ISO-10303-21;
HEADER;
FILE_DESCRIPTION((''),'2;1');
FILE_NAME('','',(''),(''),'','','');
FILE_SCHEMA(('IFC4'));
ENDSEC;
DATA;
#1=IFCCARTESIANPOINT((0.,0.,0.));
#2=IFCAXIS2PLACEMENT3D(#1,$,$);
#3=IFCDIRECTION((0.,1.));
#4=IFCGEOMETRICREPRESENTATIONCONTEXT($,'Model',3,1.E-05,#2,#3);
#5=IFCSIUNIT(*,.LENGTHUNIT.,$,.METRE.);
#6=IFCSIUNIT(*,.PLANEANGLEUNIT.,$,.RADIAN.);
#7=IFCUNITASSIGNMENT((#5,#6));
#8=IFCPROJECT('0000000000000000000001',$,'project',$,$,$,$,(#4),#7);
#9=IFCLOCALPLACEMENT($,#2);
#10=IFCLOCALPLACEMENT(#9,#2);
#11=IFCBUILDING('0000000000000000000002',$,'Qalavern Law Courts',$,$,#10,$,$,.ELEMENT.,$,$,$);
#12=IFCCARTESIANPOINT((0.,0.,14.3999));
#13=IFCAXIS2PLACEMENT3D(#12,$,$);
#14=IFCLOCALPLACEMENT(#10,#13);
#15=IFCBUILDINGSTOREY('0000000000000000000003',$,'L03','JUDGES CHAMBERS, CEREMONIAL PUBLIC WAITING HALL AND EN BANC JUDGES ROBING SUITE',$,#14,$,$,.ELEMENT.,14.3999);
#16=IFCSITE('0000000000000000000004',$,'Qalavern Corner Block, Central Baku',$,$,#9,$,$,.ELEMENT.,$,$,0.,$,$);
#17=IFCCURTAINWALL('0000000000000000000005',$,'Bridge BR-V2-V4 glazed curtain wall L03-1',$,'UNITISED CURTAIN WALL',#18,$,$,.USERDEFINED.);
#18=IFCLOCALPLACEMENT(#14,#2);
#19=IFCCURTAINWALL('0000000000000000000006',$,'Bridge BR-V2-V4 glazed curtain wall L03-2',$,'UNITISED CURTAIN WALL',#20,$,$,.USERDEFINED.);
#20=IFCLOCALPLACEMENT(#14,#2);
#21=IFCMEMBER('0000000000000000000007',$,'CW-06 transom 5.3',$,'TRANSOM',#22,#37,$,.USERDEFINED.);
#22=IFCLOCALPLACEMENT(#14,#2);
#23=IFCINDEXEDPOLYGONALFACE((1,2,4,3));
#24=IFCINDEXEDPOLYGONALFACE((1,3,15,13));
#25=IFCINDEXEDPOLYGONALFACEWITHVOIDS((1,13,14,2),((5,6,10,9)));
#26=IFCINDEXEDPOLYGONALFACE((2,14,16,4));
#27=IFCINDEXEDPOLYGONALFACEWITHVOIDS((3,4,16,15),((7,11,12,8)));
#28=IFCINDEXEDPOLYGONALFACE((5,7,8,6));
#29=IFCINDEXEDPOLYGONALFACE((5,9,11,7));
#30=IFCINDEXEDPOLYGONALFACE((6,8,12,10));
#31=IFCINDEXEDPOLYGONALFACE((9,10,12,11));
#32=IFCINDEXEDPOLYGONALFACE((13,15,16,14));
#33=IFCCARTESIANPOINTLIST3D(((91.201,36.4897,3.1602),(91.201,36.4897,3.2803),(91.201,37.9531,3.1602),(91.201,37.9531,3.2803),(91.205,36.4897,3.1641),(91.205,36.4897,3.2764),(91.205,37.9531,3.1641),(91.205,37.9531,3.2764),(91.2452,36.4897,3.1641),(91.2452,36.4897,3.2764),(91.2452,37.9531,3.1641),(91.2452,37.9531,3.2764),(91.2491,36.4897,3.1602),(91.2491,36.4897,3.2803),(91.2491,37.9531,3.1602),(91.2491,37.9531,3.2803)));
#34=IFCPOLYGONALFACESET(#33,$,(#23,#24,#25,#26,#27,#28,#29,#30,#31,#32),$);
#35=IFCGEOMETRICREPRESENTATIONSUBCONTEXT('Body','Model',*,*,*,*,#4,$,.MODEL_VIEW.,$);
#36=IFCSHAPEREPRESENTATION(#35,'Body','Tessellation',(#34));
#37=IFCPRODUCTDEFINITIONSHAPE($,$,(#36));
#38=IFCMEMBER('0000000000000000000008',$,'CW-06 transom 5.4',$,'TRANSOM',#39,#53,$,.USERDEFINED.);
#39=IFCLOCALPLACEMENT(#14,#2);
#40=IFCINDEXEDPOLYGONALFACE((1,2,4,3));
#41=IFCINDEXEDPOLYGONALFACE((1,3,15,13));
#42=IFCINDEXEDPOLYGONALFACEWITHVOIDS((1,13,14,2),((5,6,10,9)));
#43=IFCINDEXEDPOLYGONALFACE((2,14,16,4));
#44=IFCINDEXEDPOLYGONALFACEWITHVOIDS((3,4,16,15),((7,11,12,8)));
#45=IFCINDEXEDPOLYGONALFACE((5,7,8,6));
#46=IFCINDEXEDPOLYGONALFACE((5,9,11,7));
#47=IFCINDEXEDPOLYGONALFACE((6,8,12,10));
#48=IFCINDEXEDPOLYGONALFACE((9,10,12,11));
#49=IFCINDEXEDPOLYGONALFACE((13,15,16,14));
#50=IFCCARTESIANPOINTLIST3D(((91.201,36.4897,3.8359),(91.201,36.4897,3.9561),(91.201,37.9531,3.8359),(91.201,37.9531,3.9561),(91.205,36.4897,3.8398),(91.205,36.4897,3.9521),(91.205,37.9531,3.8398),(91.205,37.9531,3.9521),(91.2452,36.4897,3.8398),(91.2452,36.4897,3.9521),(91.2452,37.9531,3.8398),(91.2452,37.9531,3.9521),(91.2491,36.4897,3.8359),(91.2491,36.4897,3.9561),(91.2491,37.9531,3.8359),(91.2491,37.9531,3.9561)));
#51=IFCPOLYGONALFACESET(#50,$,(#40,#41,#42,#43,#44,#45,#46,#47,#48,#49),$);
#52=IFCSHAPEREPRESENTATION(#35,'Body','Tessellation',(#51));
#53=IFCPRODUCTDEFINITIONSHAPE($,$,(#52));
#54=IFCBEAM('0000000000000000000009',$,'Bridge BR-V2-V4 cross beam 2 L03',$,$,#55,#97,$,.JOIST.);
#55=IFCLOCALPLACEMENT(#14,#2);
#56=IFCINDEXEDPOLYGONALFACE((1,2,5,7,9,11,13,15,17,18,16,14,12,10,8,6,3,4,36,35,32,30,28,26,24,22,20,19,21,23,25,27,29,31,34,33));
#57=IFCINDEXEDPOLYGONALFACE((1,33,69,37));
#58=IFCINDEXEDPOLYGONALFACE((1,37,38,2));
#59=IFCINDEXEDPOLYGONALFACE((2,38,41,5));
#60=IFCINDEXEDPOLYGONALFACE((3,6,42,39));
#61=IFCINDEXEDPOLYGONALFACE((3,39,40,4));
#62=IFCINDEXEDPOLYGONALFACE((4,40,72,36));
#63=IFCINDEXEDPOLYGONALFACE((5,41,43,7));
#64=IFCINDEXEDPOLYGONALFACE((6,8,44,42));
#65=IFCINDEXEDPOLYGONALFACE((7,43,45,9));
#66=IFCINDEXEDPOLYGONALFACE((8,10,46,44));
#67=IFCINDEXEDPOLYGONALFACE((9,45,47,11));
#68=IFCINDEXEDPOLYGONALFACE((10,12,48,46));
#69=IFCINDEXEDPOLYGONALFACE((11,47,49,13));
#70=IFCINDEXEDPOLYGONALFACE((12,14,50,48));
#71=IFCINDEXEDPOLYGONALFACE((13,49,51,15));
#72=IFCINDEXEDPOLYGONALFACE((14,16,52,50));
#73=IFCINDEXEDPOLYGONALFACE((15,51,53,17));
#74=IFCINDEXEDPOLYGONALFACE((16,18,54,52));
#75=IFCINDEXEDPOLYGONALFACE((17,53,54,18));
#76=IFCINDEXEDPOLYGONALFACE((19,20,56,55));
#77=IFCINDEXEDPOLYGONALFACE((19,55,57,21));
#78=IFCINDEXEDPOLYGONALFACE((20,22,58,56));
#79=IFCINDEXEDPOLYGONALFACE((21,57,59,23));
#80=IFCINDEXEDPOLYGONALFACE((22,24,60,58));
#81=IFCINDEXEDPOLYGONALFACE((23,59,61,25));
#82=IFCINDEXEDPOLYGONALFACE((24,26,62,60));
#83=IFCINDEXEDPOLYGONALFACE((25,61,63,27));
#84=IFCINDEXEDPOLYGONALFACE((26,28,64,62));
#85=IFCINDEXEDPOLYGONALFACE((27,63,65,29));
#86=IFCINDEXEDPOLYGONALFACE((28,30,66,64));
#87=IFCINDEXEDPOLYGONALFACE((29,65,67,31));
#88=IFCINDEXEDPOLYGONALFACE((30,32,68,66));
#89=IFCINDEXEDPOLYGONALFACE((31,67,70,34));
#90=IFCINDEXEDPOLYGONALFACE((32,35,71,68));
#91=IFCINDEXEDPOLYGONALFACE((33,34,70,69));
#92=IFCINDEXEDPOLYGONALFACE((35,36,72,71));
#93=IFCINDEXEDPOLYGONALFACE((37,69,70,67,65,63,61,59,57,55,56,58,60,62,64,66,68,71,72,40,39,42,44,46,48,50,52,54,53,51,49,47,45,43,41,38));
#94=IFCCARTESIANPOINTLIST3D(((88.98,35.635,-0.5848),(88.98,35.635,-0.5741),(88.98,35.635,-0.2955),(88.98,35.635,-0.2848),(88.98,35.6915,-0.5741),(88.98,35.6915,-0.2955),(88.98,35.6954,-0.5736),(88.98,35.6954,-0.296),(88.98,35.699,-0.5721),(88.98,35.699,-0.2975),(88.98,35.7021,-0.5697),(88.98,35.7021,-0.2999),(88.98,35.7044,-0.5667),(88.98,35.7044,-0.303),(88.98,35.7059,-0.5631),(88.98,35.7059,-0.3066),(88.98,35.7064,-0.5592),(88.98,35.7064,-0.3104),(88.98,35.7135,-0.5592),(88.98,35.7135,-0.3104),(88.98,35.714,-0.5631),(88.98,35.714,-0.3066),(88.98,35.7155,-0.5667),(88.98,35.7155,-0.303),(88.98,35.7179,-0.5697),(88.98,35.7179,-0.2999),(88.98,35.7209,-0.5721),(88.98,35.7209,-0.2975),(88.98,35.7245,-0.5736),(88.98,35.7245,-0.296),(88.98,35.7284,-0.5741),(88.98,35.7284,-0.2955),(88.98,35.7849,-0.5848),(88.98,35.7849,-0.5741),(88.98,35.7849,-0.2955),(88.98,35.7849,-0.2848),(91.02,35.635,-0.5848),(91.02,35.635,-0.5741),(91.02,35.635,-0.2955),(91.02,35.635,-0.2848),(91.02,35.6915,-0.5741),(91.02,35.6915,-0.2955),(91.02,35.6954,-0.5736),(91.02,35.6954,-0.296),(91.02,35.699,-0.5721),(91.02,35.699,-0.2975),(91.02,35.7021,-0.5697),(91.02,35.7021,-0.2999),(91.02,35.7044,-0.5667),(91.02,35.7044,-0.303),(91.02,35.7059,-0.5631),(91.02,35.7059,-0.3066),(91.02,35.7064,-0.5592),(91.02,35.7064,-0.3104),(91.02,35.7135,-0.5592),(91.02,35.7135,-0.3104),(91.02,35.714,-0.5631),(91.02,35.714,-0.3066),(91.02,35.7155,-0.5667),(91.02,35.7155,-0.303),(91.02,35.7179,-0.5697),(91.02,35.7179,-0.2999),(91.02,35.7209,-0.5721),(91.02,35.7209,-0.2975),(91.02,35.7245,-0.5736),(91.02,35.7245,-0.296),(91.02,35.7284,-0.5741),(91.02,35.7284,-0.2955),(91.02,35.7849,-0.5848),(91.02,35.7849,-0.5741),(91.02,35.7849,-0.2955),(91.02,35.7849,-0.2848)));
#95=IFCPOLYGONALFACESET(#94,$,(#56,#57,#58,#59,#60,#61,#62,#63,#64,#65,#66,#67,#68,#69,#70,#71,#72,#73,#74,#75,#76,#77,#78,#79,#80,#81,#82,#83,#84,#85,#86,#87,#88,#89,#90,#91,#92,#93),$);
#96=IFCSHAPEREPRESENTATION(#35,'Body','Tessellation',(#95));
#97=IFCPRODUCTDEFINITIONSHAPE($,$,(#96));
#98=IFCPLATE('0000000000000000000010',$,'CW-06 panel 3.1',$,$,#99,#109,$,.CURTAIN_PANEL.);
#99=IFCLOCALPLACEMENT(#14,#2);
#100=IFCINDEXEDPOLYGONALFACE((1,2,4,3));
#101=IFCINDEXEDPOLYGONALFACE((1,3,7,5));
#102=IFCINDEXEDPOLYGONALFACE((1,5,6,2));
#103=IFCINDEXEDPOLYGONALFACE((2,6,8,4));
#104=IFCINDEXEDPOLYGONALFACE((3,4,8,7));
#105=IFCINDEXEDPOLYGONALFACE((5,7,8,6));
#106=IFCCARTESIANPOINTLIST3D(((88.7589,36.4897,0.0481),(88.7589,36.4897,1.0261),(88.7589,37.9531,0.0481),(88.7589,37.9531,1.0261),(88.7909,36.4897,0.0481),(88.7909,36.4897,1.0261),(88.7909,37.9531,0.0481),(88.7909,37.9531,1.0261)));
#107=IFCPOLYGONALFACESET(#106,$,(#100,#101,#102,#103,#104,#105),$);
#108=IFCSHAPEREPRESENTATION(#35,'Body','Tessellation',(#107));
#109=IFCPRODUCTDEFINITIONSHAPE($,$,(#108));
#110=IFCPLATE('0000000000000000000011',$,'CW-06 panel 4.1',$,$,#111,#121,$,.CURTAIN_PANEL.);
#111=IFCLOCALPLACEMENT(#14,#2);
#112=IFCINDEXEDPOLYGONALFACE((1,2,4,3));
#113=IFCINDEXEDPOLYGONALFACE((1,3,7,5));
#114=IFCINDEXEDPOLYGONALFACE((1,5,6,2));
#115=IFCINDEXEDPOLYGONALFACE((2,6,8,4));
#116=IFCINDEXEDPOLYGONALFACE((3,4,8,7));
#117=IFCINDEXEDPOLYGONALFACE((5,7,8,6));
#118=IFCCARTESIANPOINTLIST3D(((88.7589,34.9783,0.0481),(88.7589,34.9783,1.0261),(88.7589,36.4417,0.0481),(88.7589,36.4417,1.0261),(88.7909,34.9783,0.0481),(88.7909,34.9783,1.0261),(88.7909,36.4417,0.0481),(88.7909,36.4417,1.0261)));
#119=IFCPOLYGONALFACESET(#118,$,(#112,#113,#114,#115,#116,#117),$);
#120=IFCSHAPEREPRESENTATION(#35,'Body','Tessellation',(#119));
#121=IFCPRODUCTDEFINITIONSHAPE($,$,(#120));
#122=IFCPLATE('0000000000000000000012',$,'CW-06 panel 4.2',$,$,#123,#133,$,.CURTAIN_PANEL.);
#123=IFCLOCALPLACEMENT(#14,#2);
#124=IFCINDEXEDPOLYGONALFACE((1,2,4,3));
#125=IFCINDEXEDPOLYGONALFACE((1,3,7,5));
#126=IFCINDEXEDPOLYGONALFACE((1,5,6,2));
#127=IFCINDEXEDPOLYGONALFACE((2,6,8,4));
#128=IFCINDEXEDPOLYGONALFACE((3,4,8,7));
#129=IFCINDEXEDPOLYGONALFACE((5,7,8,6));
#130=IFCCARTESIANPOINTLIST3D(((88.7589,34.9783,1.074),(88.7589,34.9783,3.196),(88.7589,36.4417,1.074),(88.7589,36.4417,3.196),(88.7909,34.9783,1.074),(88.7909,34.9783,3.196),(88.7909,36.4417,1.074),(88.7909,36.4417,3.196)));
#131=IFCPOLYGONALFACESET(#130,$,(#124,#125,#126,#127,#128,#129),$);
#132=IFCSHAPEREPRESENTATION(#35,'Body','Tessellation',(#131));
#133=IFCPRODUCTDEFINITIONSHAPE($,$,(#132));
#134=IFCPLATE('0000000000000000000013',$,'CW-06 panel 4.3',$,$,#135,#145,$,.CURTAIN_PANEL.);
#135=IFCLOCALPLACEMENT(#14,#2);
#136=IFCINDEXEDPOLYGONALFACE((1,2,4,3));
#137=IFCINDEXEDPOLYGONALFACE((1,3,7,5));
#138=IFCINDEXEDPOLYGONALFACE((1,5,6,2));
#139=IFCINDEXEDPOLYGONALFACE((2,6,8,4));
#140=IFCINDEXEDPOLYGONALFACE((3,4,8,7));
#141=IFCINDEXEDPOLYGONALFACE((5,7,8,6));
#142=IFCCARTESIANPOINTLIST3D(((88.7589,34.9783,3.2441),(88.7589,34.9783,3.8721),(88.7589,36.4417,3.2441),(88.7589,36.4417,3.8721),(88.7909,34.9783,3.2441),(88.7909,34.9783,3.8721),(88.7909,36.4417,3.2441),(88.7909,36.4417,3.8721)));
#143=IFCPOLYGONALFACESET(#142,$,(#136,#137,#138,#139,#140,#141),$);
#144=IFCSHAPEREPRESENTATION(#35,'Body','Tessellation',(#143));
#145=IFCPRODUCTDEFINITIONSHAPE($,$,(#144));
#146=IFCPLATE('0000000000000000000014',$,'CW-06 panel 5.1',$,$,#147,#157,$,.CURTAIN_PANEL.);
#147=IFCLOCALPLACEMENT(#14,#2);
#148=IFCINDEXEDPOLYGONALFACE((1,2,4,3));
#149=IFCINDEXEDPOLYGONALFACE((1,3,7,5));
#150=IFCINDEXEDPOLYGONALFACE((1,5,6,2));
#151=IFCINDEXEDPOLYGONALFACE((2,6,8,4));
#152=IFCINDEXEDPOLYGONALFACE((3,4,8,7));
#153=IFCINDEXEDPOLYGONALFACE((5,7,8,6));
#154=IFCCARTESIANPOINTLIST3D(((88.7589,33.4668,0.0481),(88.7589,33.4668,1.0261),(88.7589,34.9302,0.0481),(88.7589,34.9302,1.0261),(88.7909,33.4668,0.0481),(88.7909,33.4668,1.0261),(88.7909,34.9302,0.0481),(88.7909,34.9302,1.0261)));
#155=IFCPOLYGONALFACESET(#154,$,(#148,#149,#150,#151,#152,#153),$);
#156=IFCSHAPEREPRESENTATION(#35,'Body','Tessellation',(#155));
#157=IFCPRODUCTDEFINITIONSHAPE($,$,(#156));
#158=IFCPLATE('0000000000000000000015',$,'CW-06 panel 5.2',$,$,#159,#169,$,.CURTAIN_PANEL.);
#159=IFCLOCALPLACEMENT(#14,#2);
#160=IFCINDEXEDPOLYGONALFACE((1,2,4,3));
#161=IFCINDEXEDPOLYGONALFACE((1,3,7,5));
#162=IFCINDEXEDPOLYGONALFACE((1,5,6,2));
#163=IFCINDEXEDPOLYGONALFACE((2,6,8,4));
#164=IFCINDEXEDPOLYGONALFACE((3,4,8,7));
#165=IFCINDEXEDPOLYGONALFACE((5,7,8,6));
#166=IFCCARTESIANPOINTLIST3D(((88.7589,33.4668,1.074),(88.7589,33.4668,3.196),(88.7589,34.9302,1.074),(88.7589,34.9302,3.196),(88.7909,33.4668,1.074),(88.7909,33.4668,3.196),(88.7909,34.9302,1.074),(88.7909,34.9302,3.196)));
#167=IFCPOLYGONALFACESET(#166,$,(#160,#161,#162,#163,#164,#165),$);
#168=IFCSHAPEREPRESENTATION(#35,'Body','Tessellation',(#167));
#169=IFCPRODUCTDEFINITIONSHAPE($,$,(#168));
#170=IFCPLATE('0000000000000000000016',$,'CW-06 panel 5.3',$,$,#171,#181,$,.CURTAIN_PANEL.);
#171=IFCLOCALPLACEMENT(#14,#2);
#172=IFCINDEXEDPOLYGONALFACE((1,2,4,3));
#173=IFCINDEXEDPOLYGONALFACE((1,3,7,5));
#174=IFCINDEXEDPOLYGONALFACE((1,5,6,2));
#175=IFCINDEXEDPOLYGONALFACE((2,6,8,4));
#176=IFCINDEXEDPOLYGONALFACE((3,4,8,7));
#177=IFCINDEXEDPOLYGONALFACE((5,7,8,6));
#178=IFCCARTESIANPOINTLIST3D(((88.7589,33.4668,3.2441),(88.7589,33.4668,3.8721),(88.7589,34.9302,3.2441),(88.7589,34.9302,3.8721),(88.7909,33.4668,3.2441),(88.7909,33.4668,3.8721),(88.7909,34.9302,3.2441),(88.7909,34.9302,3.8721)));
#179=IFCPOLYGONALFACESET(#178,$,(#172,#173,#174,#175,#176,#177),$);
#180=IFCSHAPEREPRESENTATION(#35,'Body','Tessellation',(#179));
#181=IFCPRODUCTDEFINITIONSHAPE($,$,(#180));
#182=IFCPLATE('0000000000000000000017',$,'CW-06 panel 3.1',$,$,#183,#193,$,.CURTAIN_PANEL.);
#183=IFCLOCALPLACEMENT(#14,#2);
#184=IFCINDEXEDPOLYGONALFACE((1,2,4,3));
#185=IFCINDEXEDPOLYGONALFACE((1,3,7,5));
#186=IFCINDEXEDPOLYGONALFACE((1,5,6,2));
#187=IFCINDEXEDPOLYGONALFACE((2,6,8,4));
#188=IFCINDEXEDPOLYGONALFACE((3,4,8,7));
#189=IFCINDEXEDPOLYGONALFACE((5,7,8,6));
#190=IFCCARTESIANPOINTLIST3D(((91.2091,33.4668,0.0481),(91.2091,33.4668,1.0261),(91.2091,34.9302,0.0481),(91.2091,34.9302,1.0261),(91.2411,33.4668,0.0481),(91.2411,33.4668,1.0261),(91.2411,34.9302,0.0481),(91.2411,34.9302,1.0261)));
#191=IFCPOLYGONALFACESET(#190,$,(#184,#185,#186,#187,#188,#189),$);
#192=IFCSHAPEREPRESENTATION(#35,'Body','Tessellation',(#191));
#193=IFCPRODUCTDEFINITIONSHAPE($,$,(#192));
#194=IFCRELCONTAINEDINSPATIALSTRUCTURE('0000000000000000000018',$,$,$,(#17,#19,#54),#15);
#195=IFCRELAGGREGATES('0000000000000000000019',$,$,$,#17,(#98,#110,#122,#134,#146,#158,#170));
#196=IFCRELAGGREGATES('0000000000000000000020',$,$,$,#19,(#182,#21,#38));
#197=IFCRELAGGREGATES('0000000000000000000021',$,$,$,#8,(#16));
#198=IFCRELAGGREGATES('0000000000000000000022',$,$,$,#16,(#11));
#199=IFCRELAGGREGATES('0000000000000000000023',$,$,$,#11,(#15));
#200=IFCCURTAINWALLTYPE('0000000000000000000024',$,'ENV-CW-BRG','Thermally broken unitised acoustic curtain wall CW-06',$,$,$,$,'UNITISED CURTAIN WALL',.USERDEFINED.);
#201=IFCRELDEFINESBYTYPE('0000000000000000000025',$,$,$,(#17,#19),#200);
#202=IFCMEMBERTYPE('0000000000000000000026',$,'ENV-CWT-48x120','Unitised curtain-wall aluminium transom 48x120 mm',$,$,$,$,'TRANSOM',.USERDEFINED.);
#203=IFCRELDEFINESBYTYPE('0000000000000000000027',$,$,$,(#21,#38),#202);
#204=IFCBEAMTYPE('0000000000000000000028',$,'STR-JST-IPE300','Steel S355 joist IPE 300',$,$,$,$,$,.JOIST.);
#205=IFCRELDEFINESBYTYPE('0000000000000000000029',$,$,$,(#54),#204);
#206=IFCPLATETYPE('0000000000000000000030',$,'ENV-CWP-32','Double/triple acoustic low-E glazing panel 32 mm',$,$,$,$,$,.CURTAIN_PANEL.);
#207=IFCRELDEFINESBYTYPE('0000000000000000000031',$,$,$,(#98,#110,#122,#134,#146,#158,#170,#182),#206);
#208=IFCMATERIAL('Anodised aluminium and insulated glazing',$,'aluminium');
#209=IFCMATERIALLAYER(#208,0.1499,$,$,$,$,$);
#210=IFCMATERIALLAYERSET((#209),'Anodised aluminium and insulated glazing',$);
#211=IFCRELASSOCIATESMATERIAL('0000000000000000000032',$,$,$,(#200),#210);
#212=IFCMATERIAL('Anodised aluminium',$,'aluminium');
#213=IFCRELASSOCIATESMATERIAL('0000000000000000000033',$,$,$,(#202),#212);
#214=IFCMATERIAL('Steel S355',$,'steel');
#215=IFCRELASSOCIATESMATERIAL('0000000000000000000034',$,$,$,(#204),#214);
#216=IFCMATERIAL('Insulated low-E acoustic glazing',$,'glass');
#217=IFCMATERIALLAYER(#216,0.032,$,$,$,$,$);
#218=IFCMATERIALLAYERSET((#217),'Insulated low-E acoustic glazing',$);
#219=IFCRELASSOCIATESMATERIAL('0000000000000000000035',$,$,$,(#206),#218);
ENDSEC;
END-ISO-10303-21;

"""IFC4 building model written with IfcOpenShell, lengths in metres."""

from ifc_helpers import new_model, si_unit, direction, frame, origin, origin_2d, place, context, subcontext, project, spatial, rectangle, hollow_rectangle, i_section, extrude, material, layer, layer_set, material_profile, profile_set, type_object, element, aggregate, save


model = new_model("IFC4")

# Units and contexts
model_context = context("Model", 3, precision=1e-05, world=origin(), true_north=direction((0.0, 1.0)))
body_context = subcontext(model_context, "Body", "Model", "MODEL_VIEW")
ifc_project = project(units=[si_unit("LENGTHUNIT", "METRE"), si_unit("PLANEANGLEUNIT", "RADIAN")], contexts=[model_context])

# Site, building, storey
site_placement = place(None, origin())
site = spatial("IfcSite", under=ifc_project, at=site_placement, Name="Qalavern Corner Block, Central Baku", CompositionType="ELEMENT", RefElevation=0.0)
building_placement = place(site_placement, origin())
building = spatial("IfcBuilding", under=site, at=building_placement, Name="Qalavern Law Courts", CompositionType="ELEMENT")
storey_placement = place(building_placement, frame((0.0, 0.0, 14.3999)))
storey = spatial("IfcBuildingStorey", under=building, at=storey_placement, Name="L03", Description="JUDGES CHAMBERS, CEREMONIAL PUBLIC WAITING HALL AND EN BANC JUDGES ROBING SUITE", CompositionType="ELEMENT", Elevation=14.3999)

# Curtain walls
ifc_material_1 = material(Name="Anodised aluminium and insulated glazing", Category="aluminium")
ifc_layer_1 = layer(ifc_material_1, 0.1499)
ifc_layer_set_1 = layer_set([ifc_layer_1], Name="Anodised aluminium and insulated glazing")
curtain_wall_type = type_object("IfcCurtainWallType", Name="ENV-CW-BRG", Description="Thermally broken unitised acoustic curtain wall CW-06", ElementType="UNITISED CURTAIN WALL", PredefinedType="USERDEFINED", material=ifc_layer_set_1)
curtain_wall_1_placement = place(storey_placement, origin())
curtain_wall_1 = element("IfcCurtainWall", 1, at=curtain_wall_1_placement, inside=storey, type_object=curtain_wall_type, Name="Bridge BR-V2-V4 glazed curtain wall L03-1", ObjectType="UNITISED CURTAIN WALL", PredefinedType="USERDEFINED")
ifc_material_2 = material(Name="Anodised aluminium", Category="aluminium")
curtain_wall_2_placement = place(storey_placement, origin())
curtain_wall_2 = element("IfcCurtainWall", 2, at=curtain_wall_2_placement, inside=storey, type_object=curtain_wall_type, Name="Bridge BR-V2-V4 glazed curtain wall L03-2", ObjectType="UNITISED CURTAIN WALL", PredefinedType="USERDEFINED")

# Members
ifc_material_profile_1 = material_profile(ifc_material_2, hollow_rectangle(XDim=0.0481, YDim=0.1201, WallThickness=0.0039, at=origin_2d()), Name="ALU TRANSOM 48x120")
ifc_profile_set_1 = profile_set([ifc_material_profile_1], Name="Anodised aluminium")
member_type_1 = type_object("IfcMemberType", Name="ENV-CWT-48x120", Description="Unitised curtain-wall aluminium transom 48x120 mm", ElementType="TRANSOM", PredefinedType="USERDEFINED", material=ifc_profile_set_1)
member_1_placement = place(storey_placement, frame((91.2251, 36.4897, 3.2202), z_axis=(0.0, 1.0, 0.0), x_axis=(-1.0, 0.0, 0.0)))
member_1 = element("IfcMember", 3, at=member_1_placement, type_object=member_type_1, Name="CW-06 transom 5.3", ObjectType="TRANSOM", PredefinedType="USERDEFINED", context=body_context, shape_type="SweptSolid", body=[
    extrude(hollow_rectangle(XDim=0.0481, YDim=0.1201, WallThickness=0.0039, at=origin_2d()), origin(), (0.0, 0.0, 1.0), 1.4634),
])
member_2_placement = place(storey_placement, frame((91.2251, 36.4897, 3.896), z_axis=(0.0, 1.0, 0.0), x_axis=(-1.0, 0.0, 0.0)))
member_2 = element("IfcMember", 4, at=member_2_placement, type_object=member_type_1, Name="CW-06 transom 5.4", ObjectType="TRANSOM", PredefinedType="USERDEFINED", context=body_context, shape_type="SweptSolid", body=[
    extrude(hollow_rectangle(XDim=0.0481, YDim=0.1201, WallThickness=0.0039, at=origin_2d()), origin(), (0.0, 0.0, 1.0), 1.4634),
])

# Beam
ifc_material_3 = material(Name="Steel S355", Category="steel")
ifc_material_profile_2 = material_profile(ifc_material_3, i_section(OverallWidth=0.1499, OverallDepth=0.3, WebThickness=0.0071, FlangeThickness=0.0107, FilletRadius=0.0149, at=origin_2d()), Name="IPE 300")
ifc_profile_set_2 = profile_set([ifc_material_profile_2], Name="Steel S355")
beam_type = type_object("IfcBeamType", Name="STR-JST-IPE300", Description="Steel S355 joist IPE 300", PredefinedType="JOIST", material=ifc_profile_set_2)
beam_placement = place(storey_placement, frame((88.98, 35.71, -0.4348), z_axis=(1.0, 0.0, 0.0), x_axis=(0.0, 1.0, 0.0)))
element("IfcBeam", 5, at=beam_placement, inside=storey, type_object=beam_type, Name="Bridge BR-V2-V4 cross beam 2 L03", PredefinedType="JOIST", context=body_context, shape_type="SweptSolid", body=[
    extrude(i_section(OverallWidth=0.1499, OverallDepth=0.3, WebThickness=0.0071, FlangeThickness=0.0107, FilletRadius=0.0149, at=origin_2d()), origin(), (0.0, 0.0, 1.0), 2.04),
])

# Plates
ifc_material_4 = material(Name="Insulated low-E acoustic glazing", Category="glass")
ifc_layer_2 = layer(ifc_material_4, 0.032)
ifc_layer_set_2 = layer_set([ifc_layer_2], Name="Insulated low-E acoustic glazing")
plate_type = type_object("IfcPlateType", Name="ENV-CWP-32", Description="Double/triple acoustic low-E glazing panel 32 mm", PredefinedType="CURTAIN_PANEL", material=ifc_layer_set_2)
plate_1_placement = place(storey_placement, frame((88.7749, 37.2214, 0.0481), z_axis=(0.0, 0.0, 1.0), x_axis=(0.0, -1.0, 0.0)))
plate_1 = element("IfcPlate", 6, at=plate_1_placement, type_object=plate_type, Name="CW-06 panel 3.1", PredefinedType="CURTAIN_PANEL", context=body_context, shape_type="SweptSolid", body=[
    extrude(rectangle(XDim=1.4634, YDim=0.032, at=origin_2d()), origin(), (0.0, 0.0, 1.0), 0.978),
])
plate_2_placement = place(storey_placement, frame((88.7749, 35.71, 0.0481), z_axis=(0.0, 0.0, 1.0), x_axis=(0.0, -1.0, 0.0)))
plate_2 = element("IfcPlate", 7, at=plate_2_placement, type_object=plate_type, Name="CW-06 panel 4.1", PredefinedType="CURTAIN_PANEL", context=body_context, shape_type="SweptSolid", body=[
    extrude(rectangle(XDim=1.4634, YDim=0.032, at=origin_2d()), origin(), (0.0, 0.0, 1.0), 0.978),
])
plate_3_placement = place(storey_placement, frame((88.7749, 35.71, 1.074), z_axis=(0.0, 0.0, 1.0), x_axis=(0.0, -1.0, 0.0)))
plate_3 = element("IfcPlate", 8, at=plate_3_placement, type_object=plate_type, Name="CW-06 panel 4.2", PredefinedType="CURTAIN_PANEL", context=body_context, shape_type="SweptSolid", body=[
    extrude(rectangle(XDim=1.4634, YDim=0.032, at=origin_2d()), origin(), (0.0, 0.0, 1.0), 2.1221),
])
plate_4_placement = place(storey_placement, frame((88.7749, 35.71, 3.2441), z_axis=(0.0, 0.0, 1.0), x_axis=(0.0, -1.0, 0.0)))
plate_4 = element("IfcPlate", 9, at=plate_4_placement, type_object=plate_type, Name="CW-06 panel 4.3", PredefinedType="CURTAIN_PANEL", context=body_context, shape_type="SweptSolid", body=[
    extrude(rectangle(XDim=1.4634, YDim=0.032, at=origin_2d()), origin(), (0.0, 0.0, 1.0), 0.6279),
])
plate_5_placement = place(storey_placement, frame((88.7749, 34.1985, 0.0481), z_axis=(0.0, 0.0, 1.0), x_axis=(0.0, -1.0, 0.0)))
plate_5 = element("IfcPlate", 10, at=plate_5_placement, type_object=plate_type, Name="CW-06 panel 5.1", PredefinedType="CURTAIN_PANEL", context=body_context, shape_type="SweptSolid", body=[
    extrude(rectangle(XDim=1.4634, YDim=0.032, at=origin_2d()), origin(), (0.0, 0.0, 1.0), 0.978),
])
plate_6_placement = place(storey_placement, frame((88.7749, 34.1985, 1.074), z_axis=(0.0, 0.0, 1.0), x_axis=(0.0, -1.0, 0.0)))
plate_6 = element("IfcPlate", 11, at=plate_6_placement, type_object=plate_type, Name="CW-06 panel 5.2", PredefinedType="CURTAIN_PANEL", context=body_context, shape_type="SweptSolid", body=[
    extrude(rectangle(XDim=1.4634, YDim=0.032, at=origin_2d()), origin(), (0.0, 0.0, 1.0), 2.1221),
])
plate_7_placement = place(storey_placement, frame((88.7749, 34.1985, 3.2441), z_axis=(0.0, 0.0, 1.0), x_axis=(0.0, -1.0, 0.0)))
plate_7 = element("IfcPlate", 12, at=plate_7_placement, type_object=plate_type, Name="CW-06 panel 5.3", PredefinedType="CURTAIN_PANEL", context=body_context, shape_type="SweptSolid", body=[
    extrude(rectangle(XDim=1.4634, YDim=0.032, at=origin_2d()), origin(), (0.0, 0.0, 1.0), 0.6279),
])
aggregate(curtain_wall_1, [plate_1, plate_2, plate_3, plate_4, plate_5, plate_6, plate_7])
plate_8_placement = place(storey_placement, frame((91.2251, 34.1985, 0.0481), z_axis=(0.0, 0.0, 1.0), x_axis=(0.0, 1.0, 0.0)))
plate_8 = element("IfcPlate", 13, at=plate_8_placement, type_object=plate_type, Name="CW-06 panel 3.1", PredefinedType="CURTAIN_PANEL", context=body_context, shape_type="SweptSolid", body=[
    extrude(rectangle(XDim=1.4634, YDim=0.032, at=origin_2d()), origin(), (0.0, 0.0, 1.0), 0.978),
])
aggregate(curtain_wall_2, [plate_8, member_1, member_2])

save(model, "model.ifc")
